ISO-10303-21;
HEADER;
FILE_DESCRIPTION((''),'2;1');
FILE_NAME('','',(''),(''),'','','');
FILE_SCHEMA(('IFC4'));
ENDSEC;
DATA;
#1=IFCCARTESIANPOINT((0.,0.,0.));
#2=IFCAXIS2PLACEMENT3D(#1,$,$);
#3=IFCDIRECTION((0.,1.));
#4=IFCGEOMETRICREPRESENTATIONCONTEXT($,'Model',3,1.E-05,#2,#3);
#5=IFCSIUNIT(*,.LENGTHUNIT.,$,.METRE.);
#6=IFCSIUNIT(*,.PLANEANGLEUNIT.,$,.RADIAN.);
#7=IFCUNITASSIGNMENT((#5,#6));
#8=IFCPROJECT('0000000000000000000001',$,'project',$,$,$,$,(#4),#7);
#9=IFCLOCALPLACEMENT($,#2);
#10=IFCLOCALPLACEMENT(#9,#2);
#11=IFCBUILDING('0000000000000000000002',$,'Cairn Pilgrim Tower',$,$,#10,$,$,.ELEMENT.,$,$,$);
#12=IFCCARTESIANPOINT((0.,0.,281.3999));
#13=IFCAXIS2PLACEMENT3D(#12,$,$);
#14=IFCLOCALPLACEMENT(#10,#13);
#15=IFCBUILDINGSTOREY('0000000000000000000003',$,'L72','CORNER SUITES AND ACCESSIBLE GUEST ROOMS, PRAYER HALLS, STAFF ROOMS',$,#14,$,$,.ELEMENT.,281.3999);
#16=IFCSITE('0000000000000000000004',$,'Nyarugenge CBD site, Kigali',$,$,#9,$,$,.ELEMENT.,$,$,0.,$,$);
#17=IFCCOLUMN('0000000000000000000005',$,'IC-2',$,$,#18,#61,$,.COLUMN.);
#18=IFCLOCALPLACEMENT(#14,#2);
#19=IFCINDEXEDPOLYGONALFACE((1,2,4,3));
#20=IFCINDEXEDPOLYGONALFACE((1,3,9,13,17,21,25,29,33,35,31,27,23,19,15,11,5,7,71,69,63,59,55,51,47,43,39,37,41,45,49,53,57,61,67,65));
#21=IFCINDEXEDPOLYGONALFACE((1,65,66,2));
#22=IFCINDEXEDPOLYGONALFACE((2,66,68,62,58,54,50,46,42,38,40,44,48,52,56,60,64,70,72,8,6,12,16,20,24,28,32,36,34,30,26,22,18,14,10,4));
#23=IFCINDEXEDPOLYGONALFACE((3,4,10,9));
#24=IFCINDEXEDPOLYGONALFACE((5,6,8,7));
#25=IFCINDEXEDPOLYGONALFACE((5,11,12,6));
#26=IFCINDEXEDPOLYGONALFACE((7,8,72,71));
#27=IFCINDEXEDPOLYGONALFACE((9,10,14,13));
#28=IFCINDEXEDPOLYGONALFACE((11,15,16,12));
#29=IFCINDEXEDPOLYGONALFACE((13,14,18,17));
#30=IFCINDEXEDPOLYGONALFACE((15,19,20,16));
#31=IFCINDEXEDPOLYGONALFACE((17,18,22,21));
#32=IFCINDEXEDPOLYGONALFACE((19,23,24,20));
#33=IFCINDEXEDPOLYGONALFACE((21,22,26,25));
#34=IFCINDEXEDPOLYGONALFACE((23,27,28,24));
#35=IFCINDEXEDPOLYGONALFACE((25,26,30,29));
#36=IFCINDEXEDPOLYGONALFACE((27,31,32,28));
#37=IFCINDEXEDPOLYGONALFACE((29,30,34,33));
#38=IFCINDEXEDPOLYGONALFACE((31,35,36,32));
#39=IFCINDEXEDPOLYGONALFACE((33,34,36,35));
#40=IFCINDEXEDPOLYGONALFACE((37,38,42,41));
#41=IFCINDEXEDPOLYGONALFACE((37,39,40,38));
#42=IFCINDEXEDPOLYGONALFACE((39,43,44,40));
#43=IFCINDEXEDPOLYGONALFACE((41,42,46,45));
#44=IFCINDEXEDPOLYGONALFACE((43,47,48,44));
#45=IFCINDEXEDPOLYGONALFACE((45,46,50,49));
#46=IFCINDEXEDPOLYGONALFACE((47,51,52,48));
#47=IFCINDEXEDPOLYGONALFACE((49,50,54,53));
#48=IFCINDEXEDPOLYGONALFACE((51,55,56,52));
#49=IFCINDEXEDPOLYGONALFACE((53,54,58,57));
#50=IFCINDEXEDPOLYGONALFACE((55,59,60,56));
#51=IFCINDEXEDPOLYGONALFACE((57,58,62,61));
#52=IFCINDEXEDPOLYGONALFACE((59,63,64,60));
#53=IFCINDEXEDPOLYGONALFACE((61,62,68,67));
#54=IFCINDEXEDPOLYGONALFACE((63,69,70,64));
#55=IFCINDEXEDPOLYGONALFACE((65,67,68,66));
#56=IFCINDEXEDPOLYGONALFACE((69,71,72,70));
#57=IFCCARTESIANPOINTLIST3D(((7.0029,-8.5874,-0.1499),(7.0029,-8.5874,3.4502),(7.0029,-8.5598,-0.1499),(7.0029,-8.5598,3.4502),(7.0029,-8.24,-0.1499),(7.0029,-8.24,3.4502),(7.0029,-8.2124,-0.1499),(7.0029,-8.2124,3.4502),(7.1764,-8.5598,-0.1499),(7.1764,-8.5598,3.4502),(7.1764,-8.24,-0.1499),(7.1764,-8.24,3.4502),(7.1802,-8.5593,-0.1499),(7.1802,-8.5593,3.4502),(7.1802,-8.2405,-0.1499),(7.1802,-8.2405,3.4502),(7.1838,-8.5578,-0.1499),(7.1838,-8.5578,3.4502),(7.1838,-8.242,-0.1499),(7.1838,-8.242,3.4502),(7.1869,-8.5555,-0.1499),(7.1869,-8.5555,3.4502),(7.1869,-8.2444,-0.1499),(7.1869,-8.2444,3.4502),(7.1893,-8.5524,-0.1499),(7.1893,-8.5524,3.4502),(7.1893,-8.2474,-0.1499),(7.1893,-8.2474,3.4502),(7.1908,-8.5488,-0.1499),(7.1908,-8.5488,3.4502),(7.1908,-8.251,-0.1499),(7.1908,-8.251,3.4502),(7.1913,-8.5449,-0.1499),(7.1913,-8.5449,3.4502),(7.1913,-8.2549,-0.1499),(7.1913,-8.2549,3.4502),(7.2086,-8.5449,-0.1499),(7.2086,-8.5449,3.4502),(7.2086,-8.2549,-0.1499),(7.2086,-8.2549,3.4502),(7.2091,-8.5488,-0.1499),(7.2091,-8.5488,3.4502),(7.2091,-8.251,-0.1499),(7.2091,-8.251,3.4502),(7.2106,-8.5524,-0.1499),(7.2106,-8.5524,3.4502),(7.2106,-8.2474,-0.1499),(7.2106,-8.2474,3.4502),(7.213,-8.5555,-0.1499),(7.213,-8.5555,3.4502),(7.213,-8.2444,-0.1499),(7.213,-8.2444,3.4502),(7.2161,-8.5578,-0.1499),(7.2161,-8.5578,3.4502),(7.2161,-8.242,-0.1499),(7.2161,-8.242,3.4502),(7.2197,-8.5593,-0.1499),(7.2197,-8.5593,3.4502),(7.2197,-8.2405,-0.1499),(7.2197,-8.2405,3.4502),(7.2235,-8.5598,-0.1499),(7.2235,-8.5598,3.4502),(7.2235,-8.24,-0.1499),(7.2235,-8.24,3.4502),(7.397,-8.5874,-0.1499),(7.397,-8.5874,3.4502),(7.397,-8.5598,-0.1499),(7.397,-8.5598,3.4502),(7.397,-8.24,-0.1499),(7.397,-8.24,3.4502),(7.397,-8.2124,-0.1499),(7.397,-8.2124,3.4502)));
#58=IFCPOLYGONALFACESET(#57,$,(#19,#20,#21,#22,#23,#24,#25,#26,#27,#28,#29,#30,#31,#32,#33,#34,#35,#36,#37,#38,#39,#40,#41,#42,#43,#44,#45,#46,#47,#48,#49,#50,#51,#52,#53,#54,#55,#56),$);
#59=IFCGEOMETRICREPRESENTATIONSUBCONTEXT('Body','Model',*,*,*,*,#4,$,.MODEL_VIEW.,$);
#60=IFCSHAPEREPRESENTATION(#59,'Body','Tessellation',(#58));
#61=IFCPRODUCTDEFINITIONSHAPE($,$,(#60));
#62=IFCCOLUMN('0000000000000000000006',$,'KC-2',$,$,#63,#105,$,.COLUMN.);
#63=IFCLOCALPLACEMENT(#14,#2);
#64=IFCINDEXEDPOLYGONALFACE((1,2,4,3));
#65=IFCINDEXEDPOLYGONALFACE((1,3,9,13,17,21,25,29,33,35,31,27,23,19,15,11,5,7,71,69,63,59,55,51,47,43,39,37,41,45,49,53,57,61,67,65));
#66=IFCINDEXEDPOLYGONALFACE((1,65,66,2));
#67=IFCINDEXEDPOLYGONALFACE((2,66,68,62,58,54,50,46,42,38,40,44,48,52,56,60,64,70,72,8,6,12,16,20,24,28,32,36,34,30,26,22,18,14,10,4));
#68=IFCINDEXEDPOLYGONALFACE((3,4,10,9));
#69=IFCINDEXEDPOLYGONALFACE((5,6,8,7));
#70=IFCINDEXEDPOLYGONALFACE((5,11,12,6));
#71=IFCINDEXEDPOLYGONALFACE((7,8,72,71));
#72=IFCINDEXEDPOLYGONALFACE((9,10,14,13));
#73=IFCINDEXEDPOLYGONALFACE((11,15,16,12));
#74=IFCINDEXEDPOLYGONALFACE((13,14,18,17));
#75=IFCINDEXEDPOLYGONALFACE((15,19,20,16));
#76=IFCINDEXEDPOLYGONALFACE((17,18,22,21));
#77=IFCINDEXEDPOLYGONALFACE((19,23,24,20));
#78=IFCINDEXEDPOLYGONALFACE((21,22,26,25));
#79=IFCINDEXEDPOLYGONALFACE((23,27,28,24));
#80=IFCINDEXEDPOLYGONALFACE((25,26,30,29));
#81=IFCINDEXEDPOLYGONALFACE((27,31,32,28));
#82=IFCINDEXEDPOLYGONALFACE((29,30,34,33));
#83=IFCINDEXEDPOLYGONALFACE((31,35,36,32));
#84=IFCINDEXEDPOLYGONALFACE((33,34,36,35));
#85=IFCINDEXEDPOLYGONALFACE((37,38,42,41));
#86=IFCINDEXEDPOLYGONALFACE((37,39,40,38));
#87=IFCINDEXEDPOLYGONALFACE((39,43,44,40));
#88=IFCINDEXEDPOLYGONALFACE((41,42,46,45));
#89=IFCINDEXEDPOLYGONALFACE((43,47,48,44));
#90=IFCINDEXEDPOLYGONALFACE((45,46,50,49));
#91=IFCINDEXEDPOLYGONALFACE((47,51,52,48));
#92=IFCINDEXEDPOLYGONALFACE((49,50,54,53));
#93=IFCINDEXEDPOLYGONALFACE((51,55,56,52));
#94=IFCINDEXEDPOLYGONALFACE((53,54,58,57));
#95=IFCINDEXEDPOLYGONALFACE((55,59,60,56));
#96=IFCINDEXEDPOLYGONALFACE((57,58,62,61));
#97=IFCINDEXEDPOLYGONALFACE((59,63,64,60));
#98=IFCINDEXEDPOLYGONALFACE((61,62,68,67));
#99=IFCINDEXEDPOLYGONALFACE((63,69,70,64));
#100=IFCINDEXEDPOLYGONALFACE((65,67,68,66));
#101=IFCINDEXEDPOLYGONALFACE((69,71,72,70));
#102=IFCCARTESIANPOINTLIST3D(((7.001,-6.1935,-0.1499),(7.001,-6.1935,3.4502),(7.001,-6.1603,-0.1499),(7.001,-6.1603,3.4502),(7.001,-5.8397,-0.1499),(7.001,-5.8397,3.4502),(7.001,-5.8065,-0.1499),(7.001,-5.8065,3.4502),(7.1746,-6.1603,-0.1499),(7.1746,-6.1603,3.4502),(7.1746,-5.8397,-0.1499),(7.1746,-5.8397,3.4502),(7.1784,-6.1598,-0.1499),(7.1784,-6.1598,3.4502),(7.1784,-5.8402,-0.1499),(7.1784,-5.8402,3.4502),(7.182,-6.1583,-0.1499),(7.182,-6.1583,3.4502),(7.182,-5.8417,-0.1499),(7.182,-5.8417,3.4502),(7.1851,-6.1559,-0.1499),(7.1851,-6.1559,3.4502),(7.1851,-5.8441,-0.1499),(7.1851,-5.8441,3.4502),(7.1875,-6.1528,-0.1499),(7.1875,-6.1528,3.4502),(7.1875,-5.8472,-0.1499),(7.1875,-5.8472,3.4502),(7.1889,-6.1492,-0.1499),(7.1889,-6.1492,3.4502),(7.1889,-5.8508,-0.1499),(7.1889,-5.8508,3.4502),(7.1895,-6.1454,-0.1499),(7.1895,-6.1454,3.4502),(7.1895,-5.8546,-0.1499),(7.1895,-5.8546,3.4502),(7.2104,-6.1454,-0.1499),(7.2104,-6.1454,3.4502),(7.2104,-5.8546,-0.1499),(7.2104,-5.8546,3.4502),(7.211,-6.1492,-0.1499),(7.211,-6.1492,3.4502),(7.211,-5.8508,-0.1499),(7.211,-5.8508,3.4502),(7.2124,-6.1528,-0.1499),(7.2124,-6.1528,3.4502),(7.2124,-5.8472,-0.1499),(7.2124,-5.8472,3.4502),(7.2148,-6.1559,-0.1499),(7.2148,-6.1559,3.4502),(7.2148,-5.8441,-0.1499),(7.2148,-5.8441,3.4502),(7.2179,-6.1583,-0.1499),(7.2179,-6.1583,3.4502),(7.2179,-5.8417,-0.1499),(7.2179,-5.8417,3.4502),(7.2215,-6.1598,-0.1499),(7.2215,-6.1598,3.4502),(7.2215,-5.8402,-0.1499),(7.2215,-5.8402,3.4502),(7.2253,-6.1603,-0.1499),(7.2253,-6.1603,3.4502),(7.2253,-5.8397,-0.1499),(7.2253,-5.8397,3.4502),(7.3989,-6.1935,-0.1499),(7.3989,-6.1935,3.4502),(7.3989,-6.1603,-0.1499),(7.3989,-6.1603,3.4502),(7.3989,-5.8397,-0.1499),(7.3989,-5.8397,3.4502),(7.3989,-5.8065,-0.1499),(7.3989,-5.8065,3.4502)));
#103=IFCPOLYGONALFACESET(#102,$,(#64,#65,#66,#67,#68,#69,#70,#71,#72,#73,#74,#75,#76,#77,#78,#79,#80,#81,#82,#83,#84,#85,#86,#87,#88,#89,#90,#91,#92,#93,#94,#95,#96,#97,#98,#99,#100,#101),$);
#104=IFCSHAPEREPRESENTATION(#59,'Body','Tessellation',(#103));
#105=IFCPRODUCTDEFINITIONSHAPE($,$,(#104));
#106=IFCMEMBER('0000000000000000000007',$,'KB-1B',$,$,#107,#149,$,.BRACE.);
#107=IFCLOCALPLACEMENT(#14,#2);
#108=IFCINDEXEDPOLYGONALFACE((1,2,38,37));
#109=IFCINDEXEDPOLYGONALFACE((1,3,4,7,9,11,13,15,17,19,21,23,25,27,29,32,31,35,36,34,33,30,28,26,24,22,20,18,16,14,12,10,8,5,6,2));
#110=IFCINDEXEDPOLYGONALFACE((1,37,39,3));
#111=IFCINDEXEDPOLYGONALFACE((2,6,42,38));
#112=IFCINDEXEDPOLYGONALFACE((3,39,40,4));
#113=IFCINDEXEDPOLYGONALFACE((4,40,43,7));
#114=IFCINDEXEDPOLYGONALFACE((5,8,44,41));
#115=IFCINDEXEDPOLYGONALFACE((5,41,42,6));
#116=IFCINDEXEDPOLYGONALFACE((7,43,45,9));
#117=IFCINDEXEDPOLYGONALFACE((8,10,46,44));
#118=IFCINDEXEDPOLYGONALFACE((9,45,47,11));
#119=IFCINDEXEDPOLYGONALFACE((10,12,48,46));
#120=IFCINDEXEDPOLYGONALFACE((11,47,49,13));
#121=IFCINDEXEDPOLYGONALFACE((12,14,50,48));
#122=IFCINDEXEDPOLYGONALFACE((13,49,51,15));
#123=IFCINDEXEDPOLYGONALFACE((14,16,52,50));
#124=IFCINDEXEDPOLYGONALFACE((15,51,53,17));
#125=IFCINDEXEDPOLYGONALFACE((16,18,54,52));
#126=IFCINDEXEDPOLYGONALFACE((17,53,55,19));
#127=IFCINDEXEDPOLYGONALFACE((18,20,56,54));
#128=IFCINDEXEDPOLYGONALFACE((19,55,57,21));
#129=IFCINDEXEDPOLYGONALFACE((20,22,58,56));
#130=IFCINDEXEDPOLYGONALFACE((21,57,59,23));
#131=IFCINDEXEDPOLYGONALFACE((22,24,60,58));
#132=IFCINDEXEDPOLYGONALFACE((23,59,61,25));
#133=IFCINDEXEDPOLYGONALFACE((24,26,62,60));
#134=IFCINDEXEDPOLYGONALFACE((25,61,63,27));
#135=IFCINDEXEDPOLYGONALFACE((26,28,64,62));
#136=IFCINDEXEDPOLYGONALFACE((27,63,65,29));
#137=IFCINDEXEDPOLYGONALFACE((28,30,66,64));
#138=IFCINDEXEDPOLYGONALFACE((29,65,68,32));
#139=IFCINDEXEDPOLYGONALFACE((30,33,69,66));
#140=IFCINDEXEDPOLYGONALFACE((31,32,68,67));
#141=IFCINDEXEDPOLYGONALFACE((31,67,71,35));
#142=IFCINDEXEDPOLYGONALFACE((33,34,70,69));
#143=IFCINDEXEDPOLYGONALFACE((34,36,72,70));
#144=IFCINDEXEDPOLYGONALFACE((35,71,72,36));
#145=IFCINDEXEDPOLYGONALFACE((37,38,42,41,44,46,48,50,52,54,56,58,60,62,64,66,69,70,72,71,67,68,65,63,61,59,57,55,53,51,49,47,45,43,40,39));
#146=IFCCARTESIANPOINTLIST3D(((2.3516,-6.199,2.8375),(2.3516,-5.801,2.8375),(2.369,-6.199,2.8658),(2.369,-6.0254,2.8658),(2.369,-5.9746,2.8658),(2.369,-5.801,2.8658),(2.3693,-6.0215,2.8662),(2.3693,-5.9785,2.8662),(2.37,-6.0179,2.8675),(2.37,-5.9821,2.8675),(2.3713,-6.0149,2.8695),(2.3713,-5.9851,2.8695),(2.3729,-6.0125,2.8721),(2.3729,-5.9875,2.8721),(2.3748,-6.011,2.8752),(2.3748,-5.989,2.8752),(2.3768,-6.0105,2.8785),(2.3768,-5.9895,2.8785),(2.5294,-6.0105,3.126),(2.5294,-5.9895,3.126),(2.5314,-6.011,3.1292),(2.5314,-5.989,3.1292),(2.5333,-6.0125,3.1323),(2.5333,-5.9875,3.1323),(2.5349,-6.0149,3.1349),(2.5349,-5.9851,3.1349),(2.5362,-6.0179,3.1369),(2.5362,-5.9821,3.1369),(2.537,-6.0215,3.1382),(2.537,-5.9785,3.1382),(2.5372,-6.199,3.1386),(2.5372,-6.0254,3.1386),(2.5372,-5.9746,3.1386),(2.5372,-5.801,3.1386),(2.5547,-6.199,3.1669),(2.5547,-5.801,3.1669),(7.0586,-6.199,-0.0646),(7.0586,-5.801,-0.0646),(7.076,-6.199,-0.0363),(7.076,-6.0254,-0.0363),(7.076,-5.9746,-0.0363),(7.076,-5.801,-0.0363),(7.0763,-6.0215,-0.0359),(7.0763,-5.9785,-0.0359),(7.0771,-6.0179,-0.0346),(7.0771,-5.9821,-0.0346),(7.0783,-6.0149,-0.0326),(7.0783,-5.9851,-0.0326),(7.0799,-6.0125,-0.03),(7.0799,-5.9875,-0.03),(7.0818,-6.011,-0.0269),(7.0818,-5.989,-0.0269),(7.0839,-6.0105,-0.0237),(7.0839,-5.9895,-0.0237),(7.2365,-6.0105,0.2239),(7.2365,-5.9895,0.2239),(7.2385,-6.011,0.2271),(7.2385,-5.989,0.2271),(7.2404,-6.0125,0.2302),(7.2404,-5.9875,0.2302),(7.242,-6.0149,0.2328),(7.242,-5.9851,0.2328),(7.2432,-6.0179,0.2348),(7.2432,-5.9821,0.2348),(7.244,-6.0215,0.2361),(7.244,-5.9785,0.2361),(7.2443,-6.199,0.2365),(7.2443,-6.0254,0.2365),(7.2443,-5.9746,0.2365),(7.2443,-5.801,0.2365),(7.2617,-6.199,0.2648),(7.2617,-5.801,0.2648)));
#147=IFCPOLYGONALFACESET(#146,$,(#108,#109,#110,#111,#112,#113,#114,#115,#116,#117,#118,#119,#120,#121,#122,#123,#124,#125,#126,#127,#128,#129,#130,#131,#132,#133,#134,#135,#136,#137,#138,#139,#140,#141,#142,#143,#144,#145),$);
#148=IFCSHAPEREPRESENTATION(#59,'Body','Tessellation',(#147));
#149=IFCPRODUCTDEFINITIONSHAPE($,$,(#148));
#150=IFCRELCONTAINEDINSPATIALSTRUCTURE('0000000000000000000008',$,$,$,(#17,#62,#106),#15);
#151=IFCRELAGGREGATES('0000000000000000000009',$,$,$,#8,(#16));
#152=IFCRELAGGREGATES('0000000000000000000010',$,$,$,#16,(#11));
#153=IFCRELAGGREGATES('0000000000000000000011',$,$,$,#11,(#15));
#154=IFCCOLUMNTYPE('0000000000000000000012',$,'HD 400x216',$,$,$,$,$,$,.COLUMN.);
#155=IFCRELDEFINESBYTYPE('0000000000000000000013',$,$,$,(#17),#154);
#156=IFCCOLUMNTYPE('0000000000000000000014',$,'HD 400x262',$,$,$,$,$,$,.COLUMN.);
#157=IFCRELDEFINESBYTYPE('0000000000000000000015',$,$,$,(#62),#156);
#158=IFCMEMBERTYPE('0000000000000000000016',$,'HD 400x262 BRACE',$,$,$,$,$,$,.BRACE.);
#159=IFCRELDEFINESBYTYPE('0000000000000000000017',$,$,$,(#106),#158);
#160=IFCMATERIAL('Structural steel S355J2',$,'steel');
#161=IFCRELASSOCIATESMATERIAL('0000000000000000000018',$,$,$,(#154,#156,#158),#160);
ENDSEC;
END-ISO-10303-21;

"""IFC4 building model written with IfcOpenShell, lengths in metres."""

from ifc_helpers import new_model, si_unit, direction, frame, origin, origin_2d, place, context, subcontext, project, spatial, i_section, extrude, material, material_profile, profile_set, type_object, element, save


model = new_model("IFC4")

# Units and contexts
model_context = context("Model", 3, precision=1e-05, world=origin(), true_north=direction((0.0, 1.0)))
body_context = subcontext(model_context, "Body", "Model", "MODEL_VIEW")
ifc_project = project(units=[si_unit("LENGTHUNIT", "METRE"), si_unit("PLANEANGLEUNIT", "RADIAN")], contexts=[model_context])

# Site, building, storey
site_placement = place(None, origin())
site = spatial("IfcSite", under=ifc_project, at=site_placement, Name="Nyarugenge CBD site, Kigali", CompositionType="ELEMENT", RefElevation=0.0)
building_placement = place(site_placement, origin())
building = spatial("IfcBuilding", under=site, at=building_placement, Name="Cairn Pilgrim Tower", CompositionType="ELEMENT")
storey_placement = place(building_placement, frame((0.0, 0.0, 281.3999)))
storey = spatial("IfcBuildingStorey", under=building, at=storey_placement, Name="L72", Description="CORNER SUITES AND ACCESSIBLE GUEST ROOMS, PRAYER HALLS, STAFF ROOMS", CompositionType="ELEMENT", Elevation=281.3999)

# Columns
ifc_material_1 = material(Name="Structural steel S355J2", Category="steel")
ifc_material_profile_1 = material_profile(ifc_material_1, i_section(OverallWidth=0.394, OverallDepth=0.375, WebThickness=0.0173, FlangeThickness=0.0276, FilletRadius=0.0149, at=origin_2d()), Name="HD 400x216")
ifc_profile_set_1 = profile_set([ifc_material_profile_1], Name="Structural steel S355J2")
column_type_1 = type_object("IfcColumnType", Name="HD 400x216", PredefinedType="COLUMN", material=ifc_profile_set_1)
column_1_placement = place(storey_placement, frame((7.2, -8.3999, -0.1499), z_axis=(0.0, 0.0, 1.0), x_axis=(1.0, 0.0, 0.0)))
element("IfcColumn", 1, at=column_1_placement, inside=storey, type_object=column_type_1, Name="IC-2", PredefinedType="COLUMN", context=body_context, shape_type="SweptSolid", body=[
    extrude(i_section(OverallWidth=0.394, OverallDepth=0.375, WebThickness=0.0173, FlangeThickness=0.0276, FilletRadius=0.0149, at=origin_2d()), origin(), (0.0, 0.0, 1.0), 3.6001),
])
ifc_material_profile_2 = material_profile(ifc_material_1, i_section(OverallWidth=0.3979, OverallDepth=0.387, WebThickness=0.021, FlangeThickness=0.0332, FilletRadius=0.0149, at=origin_2d()), Name="HD 400x262")
ifc_profile_set_2 = profile_set([ifc_material_profile_2], Name="Structural steel S355J2")
column_type_2 = type_object("IfcColumnType", Name="HD 400x262", PredefinedType="COLUMN", material=ifc_profile_set_2)
column_2_placement = place(storey_placement, frame((7.2, -6.0, -0.1499), z_axis=(0.0, 0.0, 1.0), x_axis=(1.0, 0.0, 0.0)))
element("IfcColumn", 2, at=column_2_placement, inside=storey, type_object=column_type_2, Name="KC-2", PredefinedType="COLUMN", context=body_context, shape_type="SweptSolid", body=[
    extrude(i_section(OverallWidth=0.3979, OverallDepth=0.387, WebThickness=0.021, FlangeThickness=0.0332, FilletRadius=0.0149, at=origin_2d()), origin(), (0.0, 0.0, 1.0), 3.6001),
])

# Member
ifc_material_profile_3 = material_profile(ifc_material_1, i_section(OverallWidth=0.3979, OverallDepth=0.387, WebThickness=0.021, FlangeThickness=0.0332, FilletRadius=0.0149, at=origin_2d()), Name="HD 400x262")
ifc_profile_set_3 = profile_set([ifc_material_profile_3], Name="Structural steel S355J2")
member_type = type_object("IfcMemberType", Name="HD 400x262 BRACE", PredefinedType="BRACE", material=ifc_profile_set_3)
member_placement = place(storey_placement, frame((7.1602, -6.0, 0.1001), z_axis=(-0.851217, 0.0, 0.524814), x_axis=(0.0, -1.0, 0.0)))
element("IfcMember", 3, at=member_placement, inside=storey, type_object=member_type, Name="KB-1B", PredefinedType="BRACE", context=body_context, shape_type="SweptSolid", body=[
    extrude(i_section(OverallWidth=0.3979, OverallDepth=0.387, WebThickness=0.021, FlangeThickness=0.0332, FilletRadius=0.0149, at=origin_2d()), origin(), (0.0, 0.0, 1.0), 5.5298),
])

save(model, "model.ifc")
